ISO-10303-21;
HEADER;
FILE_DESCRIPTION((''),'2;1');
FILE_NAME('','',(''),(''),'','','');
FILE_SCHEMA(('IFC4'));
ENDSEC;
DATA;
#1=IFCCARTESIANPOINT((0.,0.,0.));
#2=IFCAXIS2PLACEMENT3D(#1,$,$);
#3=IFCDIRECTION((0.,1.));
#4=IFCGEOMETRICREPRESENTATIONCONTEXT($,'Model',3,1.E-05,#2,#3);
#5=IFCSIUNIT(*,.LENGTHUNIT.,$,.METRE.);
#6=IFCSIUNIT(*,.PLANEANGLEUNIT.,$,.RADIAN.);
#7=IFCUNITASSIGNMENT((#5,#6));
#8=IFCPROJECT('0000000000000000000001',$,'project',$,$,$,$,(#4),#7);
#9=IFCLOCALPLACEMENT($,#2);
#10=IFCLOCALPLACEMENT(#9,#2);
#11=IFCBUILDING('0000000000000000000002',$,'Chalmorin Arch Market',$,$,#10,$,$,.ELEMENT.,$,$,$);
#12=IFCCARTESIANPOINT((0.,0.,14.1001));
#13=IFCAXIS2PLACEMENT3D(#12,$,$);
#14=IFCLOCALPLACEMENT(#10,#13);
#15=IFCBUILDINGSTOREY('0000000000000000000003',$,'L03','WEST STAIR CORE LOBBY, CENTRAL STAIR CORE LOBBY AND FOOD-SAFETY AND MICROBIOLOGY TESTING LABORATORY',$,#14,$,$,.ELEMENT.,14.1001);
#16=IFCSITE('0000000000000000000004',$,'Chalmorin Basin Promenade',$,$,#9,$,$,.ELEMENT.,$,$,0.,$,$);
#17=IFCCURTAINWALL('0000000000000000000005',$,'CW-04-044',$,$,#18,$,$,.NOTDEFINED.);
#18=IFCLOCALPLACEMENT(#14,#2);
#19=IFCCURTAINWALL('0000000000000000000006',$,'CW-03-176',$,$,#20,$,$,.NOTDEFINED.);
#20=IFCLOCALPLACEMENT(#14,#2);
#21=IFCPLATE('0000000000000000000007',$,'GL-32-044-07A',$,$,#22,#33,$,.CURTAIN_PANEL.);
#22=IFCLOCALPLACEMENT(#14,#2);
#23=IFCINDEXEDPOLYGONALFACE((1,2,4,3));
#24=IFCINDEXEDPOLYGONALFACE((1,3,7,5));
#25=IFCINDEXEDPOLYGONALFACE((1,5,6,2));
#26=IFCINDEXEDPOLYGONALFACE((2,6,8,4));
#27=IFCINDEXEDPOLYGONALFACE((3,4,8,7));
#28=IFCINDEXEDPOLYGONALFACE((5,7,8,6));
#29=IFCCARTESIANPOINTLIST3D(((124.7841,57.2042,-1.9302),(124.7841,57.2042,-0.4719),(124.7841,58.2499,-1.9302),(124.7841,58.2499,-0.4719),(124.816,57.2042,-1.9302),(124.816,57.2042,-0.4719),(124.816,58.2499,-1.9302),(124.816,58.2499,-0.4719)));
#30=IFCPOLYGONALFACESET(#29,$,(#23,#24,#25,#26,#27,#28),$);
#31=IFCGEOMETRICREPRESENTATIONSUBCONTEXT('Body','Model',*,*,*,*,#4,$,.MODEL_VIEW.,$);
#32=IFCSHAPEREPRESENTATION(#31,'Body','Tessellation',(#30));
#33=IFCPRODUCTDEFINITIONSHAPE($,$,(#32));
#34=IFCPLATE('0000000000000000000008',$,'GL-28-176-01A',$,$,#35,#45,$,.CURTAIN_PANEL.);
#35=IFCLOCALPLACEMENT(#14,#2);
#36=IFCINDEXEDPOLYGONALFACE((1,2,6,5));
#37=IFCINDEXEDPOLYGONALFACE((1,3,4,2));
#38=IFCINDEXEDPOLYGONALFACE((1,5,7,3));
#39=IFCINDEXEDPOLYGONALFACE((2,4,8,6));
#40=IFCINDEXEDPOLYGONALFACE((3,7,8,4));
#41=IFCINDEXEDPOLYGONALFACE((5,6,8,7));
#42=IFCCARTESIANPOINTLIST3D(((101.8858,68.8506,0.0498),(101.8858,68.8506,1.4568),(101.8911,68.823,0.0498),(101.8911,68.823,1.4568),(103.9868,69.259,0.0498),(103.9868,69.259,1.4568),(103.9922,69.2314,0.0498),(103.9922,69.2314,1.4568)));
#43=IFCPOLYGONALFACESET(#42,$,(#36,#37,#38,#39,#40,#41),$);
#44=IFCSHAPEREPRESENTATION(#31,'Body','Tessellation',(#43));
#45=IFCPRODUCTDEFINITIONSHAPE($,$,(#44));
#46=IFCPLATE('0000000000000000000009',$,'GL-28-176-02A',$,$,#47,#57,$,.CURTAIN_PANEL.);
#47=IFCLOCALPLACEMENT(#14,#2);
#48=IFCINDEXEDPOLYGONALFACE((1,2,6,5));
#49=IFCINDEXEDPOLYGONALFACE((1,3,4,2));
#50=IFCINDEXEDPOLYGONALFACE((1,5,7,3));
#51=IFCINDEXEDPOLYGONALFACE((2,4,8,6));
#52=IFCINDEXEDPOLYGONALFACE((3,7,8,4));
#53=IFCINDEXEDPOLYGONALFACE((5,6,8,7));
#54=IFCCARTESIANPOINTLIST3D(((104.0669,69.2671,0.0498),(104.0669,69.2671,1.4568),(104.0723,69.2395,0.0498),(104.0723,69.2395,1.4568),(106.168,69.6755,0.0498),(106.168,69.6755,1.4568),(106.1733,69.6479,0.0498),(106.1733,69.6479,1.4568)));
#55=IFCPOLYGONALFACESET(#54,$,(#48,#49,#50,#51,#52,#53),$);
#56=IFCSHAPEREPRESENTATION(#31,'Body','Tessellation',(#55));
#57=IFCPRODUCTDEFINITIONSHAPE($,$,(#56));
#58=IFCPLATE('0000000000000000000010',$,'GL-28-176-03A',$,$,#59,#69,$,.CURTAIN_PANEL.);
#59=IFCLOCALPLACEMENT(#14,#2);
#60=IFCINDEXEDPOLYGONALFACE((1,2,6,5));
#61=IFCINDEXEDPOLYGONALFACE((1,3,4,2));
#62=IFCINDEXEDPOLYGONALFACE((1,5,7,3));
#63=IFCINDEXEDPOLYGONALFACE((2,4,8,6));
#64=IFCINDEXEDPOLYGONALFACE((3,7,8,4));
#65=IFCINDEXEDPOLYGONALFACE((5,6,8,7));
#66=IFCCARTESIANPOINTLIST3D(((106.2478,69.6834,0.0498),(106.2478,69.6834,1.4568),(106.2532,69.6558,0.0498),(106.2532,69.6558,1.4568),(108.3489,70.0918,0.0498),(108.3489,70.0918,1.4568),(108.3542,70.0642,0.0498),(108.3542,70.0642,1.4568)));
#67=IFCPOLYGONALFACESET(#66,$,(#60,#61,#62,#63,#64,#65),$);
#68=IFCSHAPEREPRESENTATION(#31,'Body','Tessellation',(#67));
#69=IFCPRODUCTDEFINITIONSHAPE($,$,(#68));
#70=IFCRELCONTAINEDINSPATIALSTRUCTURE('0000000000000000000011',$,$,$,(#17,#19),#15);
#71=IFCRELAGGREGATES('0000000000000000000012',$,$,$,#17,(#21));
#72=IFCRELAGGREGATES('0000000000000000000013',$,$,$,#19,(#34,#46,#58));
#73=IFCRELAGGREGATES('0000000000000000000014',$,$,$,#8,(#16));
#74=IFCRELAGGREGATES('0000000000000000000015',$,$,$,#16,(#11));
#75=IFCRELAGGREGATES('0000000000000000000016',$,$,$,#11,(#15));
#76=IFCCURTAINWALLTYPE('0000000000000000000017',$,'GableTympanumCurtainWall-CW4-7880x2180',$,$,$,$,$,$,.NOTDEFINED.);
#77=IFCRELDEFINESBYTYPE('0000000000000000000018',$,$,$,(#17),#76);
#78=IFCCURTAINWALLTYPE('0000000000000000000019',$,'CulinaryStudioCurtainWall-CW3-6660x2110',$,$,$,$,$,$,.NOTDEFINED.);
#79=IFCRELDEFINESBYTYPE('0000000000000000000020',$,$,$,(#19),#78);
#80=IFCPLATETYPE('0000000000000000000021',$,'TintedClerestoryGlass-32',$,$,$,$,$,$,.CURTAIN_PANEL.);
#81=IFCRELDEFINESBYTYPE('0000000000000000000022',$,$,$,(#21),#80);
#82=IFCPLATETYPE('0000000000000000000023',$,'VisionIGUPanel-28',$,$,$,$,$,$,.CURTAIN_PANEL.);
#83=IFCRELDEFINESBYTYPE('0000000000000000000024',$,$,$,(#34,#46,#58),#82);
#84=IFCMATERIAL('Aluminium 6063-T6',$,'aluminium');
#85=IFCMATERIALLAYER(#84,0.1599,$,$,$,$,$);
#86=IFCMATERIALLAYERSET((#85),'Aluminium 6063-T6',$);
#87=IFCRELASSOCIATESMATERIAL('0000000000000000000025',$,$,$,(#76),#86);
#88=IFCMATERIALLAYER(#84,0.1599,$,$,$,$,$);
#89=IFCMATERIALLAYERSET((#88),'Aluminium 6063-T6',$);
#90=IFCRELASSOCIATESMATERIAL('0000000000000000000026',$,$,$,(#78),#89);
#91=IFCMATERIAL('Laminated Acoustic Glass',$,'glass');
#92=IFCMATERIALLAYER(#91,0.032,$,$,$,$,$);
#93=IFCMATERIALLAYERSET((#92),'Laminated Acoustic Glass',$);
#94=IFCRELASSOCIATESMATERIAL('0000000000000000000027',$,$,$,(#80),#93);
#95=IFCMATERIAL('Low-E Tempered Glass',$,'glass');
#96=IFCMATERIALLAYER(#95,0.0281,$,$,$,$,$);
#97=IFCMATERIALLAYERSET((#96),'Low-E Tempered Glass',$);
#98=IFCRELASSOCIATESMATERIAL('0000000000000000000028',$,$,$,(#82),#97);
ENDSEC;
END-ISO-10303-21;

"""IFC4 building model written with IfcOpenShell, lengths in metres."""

from ifc_helpers import new_model, si_unit, direction, frame, origin, origin_2d, place, context, subcontext, project, spatial, rectangle, extrude, material, layer, layer_set, type_object, element, aggregate, save


model = new_model("IFC4")

# Units and contexts
model_context = context("Model", 3, precision=1e-05, world=origin(), true_north=direction((0.0, 1.0)))
body_context = subcontext(model_context, "Body", "Model", "MODEL_VIEW")
ifc_project = project(units=[si_unit("LENGTHUNIT", "METRE"), si_unit("PLANEANGLEUNIT", "RADIAN")], contexts=[model_context])

# Site, building, storey
site_placement = place(None, origin())
site = spatial("IfcSite", under=ifc_project, at=site_placement, Name="Chalmorin Basin Promenade", CompositionType="ELEMENT", RefElevation=0.0)
building_placement = place(site_placement, origin())
building = spatial("IfcBuilding", under=site, at=building_placement, Name="Chalmorin Arch Market", CompositionType="ELEMENT")
storey_placement = place(building_placement, frame((0.0, 0.0, 14.1001)))
storey = spatial("IfcBuildingStorey", under=building, at=storey_placement, Name="L03", Description="WEST STAIR CORE LOBBY, CENTRAL STAIR CORE LOBBY AND FOOD-SAFETY AND MICROBIOLOGY TESTING LABORATORY", CompositionType="ELEMENT", Elevation=14.1001)

# Curtain walls
ifc_material_1 = material(Name="Aluminium 6063-T6", Category="aluminium")
ifc_layer_1 = layer(ifc_material_1, 0.1599)
ifc_layer_set_1 = layer_set([ifc_layer_1], Name="Aluminium 6063-T6")
curtain_wall_type_1 = type_object("IfcCurtainWallType", Name="GableTympanumCurtainWall-CW4-7880x2180", PredefinedType="NOTDEFINED", material=ifc_layer_set_1)
curtain_wall_1_placement = place(storey_placement, origin())
curtain_wall_1 = element("IfcCurtainWall", 1, at=curtain_wall_1_placement, inside=storey, type_object=curtain_wall_type_1, Name="CW-04-044", PredefinedType="NOTDEFINED")
ifc_layer_2 = layer(ifc_material_1, 0.1599)
ifc_layer_set_2 = layer_set([ifc_layer_2], Name="Aluminium 6063-T6")
curtain_wall_type_2 = type_object("IfcCurtainWallType", Name="CulinaryStudioCurtainWall-CW3-6660x2110", PredefinedType="NOTDEFINED", material=ifc_layer_set_2)
curtain_wall_2_placement = place(storey_placement, origin())
curtain_wall_2 = element("IfcCurtainWall", 2, at=curtain_wall_2_placement, inside=storey, type_object=curtain_wall_type_2, Name="CW-03-176", PredefinedType="NOTDEFINED")

# Plates
ifc_material_2 = material(Name="Laminated Acoustic Glass", Category="glass")
ifc_layer_3 = layer(ifc_material_2, 0.032)
ifc_layer_set_3 = layer_set([ifc_layer_3], Name="Laminated Acoustic Glass")
plate_type_1 = type_object("IfcPlateType", Name="TintedClerestoryGlass-32", PredefinedType="CURTAIN_PANEL", material=ifc_layer_set_3)
plate_1_placement = place(storey_placement, frame((124.8, 57.7271, -1.9302), z_axis=(0.0, 0.0, 1.0), x_axis=(0.0, 1.0, 0.0)))
plate_1 = element("IfcPlate", 3, at=plate_1_placement, type_object=plate_type_1, Name="GL-32-044-07A", PredefinedType="CURTAIN_PANEL", context=body_context, shape_type="SweptSolid", body=[
    extrude(rectangle(XDim=1.0457, YDim=0.032, at=origin_2d()), origin(), (0.0, 0.0, 1.0), 1.4583),
])
aggregate(curtain_wall_1, [plate_1])
ifc_material_3 = material(Name="Low-E Tempered Glass", Category="glass")
ifc_layer_4 = layer(ifc_material_3, 0.0281)
ifc_layer_set_4 = layer_set([ifc_layer_4], Name="Low-E Tempered Glass")
plate_type_2 = type_object("IfcPlateType", Name="VisionIGUPanel-28", PredefinedType="CURTAIN_PANEL", material=ifc_layer_set_4)
plate_2_placement = place(storey_placement, frame((102.939, 69.041, 0.0498), z_axis=(0.0, 0.0, 1.0), x_axis=(0.981627, 0.190809, 0.0)))
plate_2 = element("IfcPlate", 4, at=plate_2_placement, type_object=plate_type_2, Name="GL-28-176-01A", PredefinedType="CURTAIN_PANEL", context=body_context, shape_type="SweptSolid", body=[
    extrude(rectangle(XDim=2.1404, YDim=0.0281, at=origin_2d()), origin(), (0.0, 0.0, 1.0), 1.407),
])
plate_3_placement = place(storey_placement, frame((105.1201, 69.4575, 0.0498), z_axis=(0.0, 0.0, 1.0), x_axis=(0.981627, 0.190809, 0.0)))
plate_3 = element("IfcPlate", 5, at=plate_3_placement, type_object=plate_type_2, Name="GL-28-176-02A", PredefinedType="CURTAIN_PANEL", context=body_context, shape_type="SweptSolid", body=[
    extrude(rectangle(XDim=2.1404, YDim=0.0281, at=origin_2d()), origin(), (0.0, 0.0, 1.0), 1.407),
])
plate_4_placement = place(storey_placement, frame((107.301, 69.8738, 0.0498), z_axis=(0.0, 0.0, 1.0), x_axis=(0.981627, 0.190809, 0.0)))
plate_4 = element("IfcPlate", 6, at=plate_4_placement, type_object=plate_type_2, Name="GL-28-176-03A", PredefinedType="CURTAIN_PANEL", context=body_context, shape_type="SweptSolid", body=[
    extrude(rectangle(XDim=2.1404, YDim=0.0281, at=origin_2d()), origin(), (0.0, 0.0, 1.0), 1.407),
])
aggregate(curtain_wall_2, [plate_2, plate_3, plate_4])

save(model, "model.ifc")
